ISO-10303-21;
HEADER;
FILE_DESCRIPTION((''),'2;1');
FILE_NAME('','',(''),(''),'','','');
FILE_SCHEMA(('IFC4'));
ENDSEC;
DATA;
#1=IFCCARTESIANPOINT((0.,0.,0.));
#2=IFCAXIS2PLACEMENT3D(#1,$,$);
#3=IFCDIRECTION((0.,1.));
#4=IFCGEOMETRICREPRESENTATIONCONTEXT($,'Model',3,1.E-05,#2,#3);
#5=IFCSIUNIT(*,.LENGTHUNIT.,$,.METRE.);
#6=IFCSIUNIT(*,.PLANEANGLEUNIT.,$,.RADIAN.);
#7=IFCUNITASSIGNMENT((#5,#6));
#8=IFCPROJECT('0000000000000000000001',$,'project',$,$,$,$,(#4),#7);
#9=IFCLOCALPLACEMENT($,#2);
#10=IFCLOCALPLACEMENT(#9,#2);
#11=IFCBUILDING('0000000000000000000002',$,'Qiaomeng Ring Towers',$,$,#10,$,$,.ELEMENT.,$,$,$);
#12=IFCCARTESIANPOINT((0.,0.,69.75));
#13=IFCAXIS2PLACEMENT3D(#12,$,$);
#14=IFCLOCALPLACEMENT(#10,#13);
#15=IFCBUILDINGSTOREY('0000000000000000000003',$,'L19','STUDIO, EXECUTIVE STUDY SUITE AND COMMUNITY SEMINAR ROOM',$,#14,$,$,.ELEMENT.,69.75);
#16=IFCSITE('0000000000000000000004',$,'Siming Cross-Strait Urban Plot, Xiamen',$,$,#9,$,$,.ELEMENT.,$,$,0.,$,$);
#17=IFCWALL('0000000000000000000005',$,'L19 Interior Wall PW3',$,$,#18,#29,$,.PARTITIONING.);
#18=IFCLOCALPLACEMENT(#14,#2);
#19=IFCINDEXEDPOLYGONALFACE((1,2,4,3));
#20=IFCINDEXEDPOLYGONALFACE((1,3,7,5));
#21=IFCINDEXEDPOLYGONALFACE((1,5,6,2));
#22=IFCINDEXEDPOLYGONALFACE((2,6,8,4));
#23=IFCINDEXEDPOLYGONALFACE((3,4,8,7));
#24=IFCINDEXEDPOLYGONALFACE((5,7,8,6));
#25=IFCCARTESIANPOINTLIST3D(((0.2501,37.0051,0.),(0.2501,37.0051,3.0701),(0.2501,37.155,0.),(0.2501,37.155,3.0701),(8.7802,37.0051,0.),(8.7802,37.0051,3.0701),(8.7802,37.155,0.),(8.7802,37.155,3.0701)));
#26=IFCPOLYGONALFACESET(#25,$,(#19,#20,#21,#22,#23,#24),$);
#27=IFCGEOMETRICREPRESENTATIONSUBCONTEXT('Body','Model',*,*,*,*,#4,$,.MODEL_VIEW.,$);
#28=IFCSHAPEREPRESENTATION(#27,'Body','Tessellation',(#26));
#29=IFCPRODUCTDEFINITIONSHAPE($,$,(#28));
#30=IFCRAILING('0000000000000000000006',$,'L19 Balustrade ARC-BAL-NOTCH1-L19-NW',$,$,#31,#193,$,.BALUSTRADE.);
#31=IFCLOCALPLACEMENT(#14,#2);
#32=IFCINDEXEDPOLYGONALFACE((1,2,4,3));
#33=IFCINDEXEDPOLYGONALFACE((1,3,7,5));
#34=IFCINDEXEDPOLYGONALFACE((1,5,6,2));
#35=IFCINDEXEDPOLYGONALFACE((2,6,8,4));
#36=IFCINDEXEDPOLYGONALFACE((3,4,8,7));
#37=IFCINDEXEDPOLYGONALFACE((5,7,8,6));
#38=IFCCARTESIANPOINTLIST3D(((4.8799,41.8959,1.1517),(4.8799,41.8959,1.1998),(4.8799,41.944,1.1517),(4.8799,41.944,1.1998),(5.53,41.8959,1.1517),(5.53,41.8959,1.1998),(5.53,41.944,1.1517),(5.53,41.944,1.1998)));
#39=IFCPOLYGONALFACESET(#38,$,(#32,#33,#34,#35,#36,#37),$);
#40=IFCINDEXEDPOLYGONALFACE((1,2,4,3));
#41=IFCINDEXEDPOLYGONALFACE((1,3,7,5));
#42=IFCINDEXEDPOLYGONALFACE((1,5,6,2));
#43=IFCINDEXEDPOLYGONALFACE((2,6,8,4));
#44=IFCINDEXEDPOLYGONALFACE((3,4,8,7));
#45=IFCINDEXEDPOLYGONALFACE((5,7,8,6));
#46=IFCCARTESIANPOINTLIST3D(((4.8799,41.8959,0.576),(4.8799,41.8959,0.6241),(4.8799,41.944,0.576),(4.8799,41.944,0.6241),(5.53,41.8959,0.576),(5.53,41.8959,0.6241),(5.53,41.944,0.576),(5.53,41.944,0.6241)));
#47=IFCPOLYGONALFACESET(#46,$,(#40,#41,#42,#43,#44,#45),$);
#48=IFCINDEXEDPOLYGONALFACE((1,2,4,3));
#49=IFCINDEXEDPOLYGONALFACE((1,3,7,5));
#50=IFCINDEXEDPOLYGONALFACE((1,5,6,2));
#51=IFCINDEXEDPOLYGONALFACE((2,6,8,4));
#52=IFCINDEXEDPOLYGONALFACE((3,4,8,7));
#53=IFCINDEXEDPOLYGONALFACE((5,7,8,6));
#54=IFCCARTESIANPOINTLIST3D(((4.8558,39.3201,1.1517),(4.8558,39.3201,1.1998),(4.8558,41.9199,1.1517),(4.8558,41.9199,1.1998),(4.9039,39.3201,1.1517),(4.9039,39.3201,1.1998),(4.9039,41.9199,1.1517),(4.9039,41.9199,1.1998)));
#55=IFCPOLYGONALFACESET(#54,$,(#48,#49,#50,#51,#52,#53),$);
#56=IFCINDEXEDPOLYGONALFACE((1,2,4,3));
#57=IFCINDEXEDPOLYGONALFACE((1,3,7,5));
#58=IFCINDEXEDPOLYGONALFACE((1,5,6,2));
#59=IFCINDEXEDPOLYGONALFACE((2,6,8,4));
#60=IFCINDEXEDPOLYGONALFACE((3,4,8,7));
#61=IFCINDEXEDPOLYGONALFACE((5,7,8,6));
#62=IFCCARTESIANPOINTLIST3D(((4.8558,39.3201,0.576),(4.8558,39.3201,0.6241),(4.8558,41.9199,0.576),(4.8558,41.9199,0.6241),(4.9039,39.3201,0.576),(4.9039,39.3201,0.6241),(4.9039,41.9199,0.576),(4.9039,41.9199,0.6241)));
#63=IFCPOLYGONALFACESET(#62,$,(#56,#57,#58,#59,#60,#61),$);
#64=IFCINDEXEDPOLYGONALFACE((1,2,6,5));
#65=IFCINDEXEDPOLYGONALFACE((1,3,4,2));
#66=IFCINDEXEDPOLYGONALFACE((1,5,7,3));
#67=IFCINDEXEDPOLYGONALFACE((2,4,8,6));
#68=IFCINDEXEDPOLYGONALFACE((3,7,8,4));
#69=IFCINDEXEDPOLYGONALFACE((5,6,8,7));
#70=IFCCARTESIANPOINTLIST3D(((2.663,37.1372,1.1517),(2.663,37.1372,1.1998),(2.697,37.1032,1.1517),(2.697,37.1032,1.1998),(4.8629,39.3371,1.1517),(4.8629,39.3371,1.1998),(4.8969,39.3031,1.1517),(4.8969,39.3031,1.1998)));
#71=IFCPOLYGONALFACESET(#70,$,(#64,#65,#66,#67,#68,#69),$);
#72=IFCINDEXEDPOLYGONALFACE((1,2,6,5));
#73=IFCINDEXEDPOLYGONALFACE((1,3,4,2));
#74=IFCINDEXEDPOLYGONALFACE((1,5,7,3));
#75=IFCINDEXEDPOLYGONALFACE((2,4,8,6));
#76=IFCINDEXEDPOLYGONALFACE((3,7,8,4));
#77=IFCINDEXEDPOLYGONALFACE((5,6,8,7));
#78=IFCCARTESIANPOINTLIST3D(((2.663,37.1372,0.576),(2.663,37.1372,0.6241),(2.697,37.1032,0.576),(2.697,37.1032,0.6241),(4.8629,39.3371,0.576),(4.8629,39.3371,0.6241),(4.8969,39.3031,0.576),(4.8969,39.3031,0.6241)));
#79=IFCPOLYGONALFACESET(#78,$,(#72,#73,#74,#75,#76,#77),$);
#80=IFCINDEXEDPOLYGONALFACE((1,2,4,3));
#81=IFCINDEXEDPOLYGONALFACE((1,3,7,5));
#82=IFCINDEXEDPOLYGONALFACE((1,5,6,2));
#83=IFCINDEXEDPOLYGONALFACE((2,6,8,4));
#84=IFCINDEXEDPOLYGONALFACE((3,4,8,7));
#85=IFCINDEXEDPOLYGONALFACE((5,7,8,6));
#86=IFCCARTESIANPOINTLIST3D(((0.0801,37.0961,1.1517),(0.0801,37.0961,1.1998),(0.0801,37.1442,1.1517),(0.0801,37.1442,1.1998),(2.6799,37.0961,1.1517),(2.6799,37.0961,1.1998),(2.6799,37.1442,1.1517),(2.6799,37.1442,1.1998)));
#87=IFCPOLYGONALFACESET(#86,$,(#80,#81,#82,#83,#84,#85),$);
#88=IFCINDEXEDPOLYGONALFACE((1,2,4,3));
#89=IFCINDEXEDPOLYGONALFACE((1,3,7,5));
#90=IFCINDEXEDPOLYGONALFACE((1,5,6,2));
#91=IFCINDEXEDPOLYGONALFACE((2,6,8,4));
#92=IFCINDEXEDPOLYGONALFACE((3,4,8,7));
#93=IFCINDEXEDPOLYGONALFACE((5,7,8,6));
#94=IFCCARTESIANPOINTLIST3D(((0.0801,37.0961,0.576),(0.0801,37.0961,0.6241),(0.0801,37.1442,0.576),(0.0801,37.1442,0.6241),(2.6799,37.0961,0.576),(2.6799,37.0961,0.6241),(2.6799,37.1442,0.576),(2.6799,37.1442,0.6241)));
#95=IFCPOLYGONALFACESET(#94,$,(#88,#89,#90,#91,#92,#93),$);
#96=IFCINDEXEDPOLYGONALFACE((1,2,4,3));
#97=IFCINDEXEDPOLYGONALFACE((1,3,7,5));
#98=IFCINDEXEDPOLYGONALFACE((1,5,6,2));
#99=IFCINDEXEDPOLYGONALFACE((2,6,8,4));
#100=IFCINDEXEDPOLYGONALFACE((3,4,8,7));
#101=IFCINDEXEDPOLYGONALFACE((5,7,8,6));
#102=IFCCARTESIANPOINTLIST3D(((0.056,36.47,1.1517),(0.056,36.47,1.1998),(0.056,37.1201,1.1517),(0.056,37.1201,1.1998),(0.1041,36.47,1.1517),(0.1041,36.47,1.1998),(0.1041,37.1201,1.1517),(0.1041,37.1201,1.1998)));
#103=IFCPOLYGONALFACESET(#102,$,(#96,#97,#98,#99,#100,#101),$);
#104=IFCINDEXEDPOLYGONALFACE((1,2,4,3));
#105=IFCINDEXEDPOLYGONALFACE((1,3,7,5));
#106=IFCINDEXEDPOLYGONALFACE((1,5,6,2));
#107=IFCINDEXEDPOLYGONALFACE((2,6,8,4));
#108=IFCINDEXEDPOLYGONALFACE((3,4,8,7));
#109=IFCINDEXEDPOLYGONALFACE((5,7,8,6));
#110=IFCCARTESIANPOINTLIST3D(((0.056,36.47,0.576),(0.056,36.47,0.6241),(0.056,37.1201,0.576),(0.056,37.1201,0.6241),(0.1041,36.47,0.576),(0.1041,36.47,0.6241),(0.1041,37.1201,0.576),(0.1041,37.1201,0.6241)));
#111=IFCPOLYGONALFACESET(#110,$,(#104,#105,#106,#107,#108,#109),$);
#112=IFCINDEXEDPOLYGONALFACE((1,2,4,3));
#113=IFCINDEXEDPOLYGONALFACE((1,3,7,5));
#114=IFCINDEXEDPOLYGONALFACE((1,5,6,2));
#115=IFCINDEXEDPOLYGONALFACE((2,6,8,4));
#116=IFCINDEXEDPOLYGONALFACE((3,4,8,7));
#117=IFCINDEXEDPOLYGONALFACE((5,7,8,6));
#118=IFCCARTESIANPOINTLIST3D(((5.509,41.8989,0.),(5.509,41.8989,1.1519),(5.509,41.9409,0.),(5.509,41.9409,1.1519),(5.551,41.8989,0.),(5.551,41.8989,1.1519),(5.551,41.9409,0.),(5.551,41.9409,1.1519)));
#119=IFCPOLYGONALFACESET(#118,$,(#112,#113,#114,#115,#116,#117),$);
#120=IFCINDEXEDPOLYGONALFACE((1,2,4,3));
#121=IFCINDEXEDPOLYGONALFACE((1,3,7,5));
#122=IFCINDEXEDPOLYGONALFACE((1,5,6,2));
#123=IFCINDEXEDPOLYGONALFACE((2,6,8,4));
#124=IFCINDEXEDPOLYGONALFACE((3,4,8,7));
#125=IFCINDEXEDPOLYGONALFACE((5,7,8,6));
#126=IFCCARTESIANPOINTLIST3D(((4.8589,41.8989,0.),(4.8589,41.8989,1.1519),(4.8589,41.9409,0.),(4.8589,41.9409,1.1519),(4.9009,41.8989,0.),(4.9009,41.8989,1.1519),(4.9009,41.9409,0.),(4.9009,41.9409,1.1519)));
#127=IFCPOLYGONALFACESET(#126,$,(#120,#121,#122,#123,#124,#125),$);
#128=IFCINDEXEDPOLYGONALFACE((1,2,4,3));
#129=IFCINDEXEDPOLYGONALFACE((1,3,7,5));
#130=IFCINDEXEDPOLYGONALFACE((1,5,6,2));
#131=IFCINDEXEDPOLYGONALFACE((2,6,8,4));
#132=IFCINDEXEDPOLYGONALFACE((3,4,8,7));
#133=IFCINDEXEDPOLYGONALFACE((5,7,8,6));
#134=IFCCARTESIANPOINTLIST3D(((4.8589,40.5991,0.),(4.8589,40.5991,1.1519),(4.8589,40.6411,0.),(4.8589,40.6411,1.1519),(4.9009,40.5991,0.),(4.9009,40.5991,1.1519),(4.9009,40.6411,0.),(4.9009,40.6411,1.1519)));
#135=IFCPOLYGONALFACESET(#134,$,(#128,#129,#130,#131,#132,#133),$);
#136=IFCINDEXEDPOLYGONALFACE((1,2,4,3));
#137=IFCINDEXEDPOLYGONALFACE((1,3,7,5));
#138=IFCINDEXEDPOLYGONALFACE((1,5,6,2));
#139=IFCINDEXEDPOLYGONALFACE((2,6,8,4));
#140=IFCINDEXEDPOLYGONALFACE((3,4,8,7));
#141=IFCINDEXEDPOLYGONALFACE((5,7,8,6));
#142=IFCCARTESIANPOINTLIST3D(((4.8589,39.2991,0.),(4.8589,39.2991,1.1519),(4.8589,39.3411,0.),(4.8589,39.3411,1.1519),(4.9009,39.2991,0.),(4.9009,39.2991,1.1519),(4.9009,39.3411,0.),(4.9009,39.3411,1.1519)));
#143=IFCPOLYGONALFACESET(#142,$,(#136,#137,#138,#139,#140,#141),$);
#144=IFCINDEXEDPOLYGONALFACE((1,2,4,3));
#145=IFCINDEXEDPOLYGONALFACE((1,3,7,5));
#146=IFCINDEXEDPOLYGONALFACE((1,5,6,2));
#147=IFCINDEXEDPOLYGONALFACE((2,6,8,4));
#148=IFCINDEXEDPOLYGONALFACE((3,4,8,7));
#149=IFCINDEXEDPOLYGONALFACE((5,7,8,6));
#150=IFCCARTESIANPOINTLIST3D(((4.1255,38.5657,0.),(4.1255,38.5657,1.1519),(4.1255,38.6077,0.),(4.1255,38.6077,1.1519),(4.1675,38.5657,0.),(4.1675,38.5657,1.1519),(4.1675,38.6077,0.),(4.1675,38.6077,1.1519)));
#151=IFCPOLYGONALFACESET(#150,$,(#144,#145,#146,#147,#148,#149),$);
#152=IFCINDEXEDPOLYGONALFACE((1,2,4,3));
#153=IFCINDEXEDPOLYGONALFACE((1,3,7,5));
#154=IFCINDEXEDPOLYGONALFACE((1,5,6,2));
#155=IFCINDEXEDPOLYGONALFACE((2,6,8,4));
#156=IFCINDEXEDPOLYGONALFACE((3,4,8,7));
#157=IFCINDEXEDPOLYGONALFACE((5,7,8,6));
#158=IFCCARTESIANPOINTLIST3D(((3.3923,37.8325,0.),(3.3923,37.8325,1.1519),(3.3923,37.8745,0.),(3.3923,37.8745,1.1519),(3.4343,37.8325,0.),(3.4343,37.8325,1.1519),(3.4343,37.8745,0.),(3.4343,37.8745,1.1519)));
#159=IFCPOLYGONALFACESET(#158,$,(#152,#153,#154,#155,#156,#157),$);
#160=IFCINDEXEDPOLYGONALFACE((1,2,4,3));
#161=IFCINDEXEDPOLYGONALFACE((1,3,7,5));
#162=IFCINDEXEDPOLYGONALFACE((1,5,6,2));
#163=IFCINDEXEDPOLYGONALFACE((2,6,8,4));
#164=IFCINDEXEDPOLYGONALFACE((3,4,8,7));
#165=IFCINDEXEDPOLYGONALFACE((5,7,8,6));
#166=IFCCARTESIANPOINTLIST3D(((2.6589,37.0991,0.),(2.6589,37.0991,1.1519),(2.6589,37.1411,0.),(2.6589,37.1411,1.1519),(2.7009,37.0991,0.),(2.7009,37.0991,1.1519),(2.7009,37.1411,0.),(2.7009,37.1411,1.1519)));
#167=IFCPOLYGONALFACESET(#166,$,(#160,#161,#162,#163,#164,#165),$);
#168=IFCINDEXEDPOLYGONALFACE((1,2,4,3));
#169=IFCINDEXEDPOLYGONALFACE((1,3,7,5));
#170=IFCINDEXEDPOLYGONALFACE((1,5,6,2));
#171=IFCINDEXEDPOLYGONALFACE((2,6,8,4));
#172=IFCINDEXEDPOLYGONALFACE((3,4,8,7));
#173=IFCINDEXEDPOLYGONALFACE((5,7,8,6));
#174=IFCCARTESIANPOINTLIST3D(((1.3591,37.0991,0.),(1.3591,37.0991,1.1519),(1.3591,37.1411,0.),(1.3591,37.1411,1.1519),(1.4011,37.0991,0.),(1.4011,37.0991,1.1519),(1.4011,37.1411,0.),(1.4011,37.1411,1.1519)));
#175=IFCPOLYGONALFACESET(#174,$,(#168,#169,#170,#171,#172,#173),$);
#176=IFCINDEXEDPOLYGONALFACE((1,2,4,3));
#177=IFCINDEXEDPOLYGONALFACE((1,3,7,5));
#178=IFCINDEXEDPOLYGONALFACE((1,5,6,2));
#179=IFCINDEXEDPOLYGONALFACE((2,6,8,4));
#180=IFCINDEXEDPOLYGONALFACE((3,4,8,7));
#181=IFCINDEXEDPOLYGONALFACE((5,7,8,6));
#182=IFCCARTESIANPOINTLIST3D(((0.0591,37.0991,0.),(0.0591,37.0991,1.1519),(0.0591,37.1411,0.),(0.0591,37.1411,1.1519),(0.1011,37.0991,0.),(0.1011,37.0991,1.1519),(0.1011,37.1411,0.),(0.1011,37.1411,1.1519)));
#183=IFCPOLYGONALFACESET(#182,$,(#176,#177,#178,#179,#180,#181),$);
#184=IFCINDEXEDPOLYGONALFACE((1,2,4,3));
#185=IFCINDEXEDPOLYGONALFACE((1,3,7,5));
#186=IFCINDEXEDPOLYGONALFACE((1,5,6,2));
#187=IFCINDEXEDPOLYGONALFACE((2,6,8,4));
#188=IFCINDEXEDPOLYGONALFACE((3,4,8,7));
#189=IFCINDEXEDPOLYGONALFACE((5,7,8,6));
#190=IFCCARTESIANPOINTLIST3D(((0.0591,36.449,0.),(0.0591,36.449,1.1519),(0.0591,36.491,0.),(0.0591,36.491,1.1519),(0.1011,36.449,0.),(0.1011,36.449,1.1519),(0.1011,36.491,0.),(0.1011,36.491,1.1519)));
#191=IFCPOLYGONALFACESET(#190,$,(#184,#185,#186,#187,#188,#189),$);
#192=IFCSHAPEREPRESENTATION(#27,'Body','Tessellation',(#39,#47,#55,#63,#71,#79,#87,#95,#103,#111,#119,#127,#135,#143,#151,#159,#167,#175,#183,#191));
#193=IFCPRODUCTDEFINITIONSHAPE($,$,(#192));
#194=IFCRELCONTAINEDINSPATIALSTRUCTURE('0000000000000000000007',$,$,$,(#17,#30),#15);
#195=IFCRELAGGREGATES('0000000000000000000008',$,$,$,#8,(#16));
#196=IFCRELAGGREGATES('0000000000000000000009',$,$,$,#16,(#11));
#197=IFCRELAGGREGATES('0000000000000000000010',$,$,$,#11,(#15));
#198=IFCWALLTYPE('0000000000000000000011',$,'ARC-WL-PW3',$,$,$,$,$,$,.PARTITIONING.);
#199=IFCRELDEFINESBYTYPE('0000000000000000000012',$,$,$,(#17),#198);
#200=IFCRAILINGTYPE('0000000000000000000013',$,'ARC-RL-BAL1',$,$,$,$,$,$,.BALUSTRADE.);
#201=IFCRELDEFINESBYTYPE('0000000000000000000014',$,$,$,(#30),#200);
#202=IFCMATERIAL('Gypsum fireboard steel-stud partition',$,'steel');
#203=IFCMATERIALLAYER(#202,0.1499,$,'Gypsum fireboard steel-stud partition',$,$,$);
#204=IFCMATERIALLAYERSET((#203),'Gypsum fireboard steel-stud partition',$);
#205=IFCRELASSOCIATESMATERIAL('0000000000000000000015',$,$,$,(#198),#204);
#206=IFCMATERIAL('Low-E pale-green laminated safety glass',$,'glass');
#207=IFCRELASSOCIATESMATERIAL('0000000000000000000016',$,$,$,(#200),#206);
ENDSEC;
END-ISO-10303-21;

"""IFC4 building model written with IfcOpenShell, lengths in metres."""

from ifc_helpers import new_model, si_unit, direction, frame, frame_2d, origin, origin_2d, place, context, subcontext, project, spatial, rectangle, extrude, material, layer, layer_set, type_object, element, save


model = new_model("IFC4")

# Units and contexts
model_context = context("Model", 3, precision=1e-05, world=origin(), true_north=direction((0.0, 1.0)))
body_context = subcontext(model_context, "Body", "Model", "MODEL_VIEW")
ifc_project = project(units=[si_unit("LENGTHUNIT", "METRE"), si_unit("PLANEANGLEUNIT", "RADIAN")], contexts=[model_context])

# Site, building, storey
site_placement = place(None, origin())
site = spatial("IfcSite", under=ifc_project, at=site_placement, Name="Siming Cross-Strait Urban Plot, Xiamen", CompositionType="ELEMENT", RefElevation=0.0)
building_placement = place(site_placement, origin())
building = spatial("IfcBuilding", under=site, at=building_placement, Name="Qiaomeng Ring Towers", CompositionType="ELEMENT")
storey_placement = place(building_placement, frame((0.0, 0.0, 69.75)))
storey = spatial("IfcBuildingStorey", under=building, at=storey_placement, Name="L19", Description="STUDIO, EXECUTIVE STUDY SUITE AND COMMUNITY SEMINAR ROOM", CompositionType="ELEMENT", Elevation=69.75)

# Wall
ifc_material_1 = material(Name="Gypsum fireboard steel-stud partition", Category="steel")
ifc_layer_1 = layer(ifc_material_1, 0.1499, Name="Gypsum fireboard steel-stud partition")
ifc_layer_set_1 = layer_set([ifc_layer_1], Name="Gypsum fireboard steel-stud partition")
wall_type_1 = type_object("IfcWallType", Name="ARC-WL-PW3", PredefinedType="PARTITIONING", material=ifc_layer_set_1)
wall_1_placement = place(storey_placement, frame((0.25, 37.0801, 0.0), z_axis=(0.0, 0.0, 1.0), x_axis=(1.0, 0.0, 0.0)))
element("IfcWall", 1, at=wall_1_placement, inside=storey, type_object=wall_type_1, Name="L19 Interior Wall PW3", PredefinedType="PARTITIONING", context=body_context, shape_type="SweptSolid", body=[
    extrude(rectangle(XDim=8.53, YDim=0.1499, at=frame_2d((4.2651, 0.0))), origin(), (0.0, 0.0, 1.0), 3.0701),
])

# Railing
ifc_material_2 = material(Name="Low-E pale-green laminated safety glass", Category="glass")
railing_type = type_object("IfcRailingType", Name="ARC-RL-BAL1", PredefinedType="BALUSTRADE", material=ifc_material_2)
railing_placement = place(storey_placement, frame((5.53, 41.9199, 0.0)))
element("IfcRailing", 2, at=railing_placement, inside=storey, type_object=railing_type, Name="L19 Balustrade ARC-BAL-NOTCH1-L19-NW", PredefinedType="BALUSTRADE", context=body_context, shape_type="SweptSolid", body=[
    extrude(rectangle(XDim=0.0481, YDim=0.0481, at=origin_2d()), frame((0.0, 0.0, 1.1758), z_axis=(-1.0, 0.0, 0.0), x_axis=(0.0, -1.0, 0.0)), (0.0, 0.0, 1.0), 0.6501),
    extrude(rectangle(XDim=0.0481, YDim=0.0481, at=origin_2d()), frame((0.0, 0.0, 0.6001), z_axis=(-1.0, 0.0, 0.0), x_axis=(0.0, -1.0, 0.0)), (0.0, 0.0, 1.0), 0.6501),
    extrude(rectangle(XDim=0.0481, YDim=0.0481, at=origin_2d()), frame((-0.6501, 0.0, 1.1758), z_axis=(0.0, -1.0, 0.0), x_axis=(1.0, 0.0, 0.0)), (0.0, 0.0, 1.0), 2.5999),
    extrude(rectangle(XDim=0.0481, YDim=0.0481, at=origin_2d()), frame((-0.6501, 0.0, 0.6001), z_axis=(0.0, -1.0, 0.0), x_axis=(1.0, 0.0, 0.0)), (0.0, 0.0, 1.0), 2.5999),
    extrude(rectangle(XDim=0.0481, YDim=0.0481, at=origin_2d()), frame((-0.6501, -2.5999, 1.1758), z_axis=(-0.707107, -0.707107, 0.0), x_axis=(0.707107, -0.707107, 0.0)), (0.0, 0.0, 1.0), 3.1111),
    extrude(rectangle(XDim=0.0481, YDim=0.0481, at=origin_2d()), frame((-0.6501, -2.5999, 0.6001), z_axis=(-0.707107, -0.707107, 0.0), x_axis=(0.707107, -0.707107, 0.0)), (0.0, 0.0, 1.0), 3.1111),
    extrude(rectangle(XDim=0.0481, YDim=0.0481, at=origin_2d()), frame((-2.8501, -4.7998, 1.1758), z_axis=(-1.0, 0.0, 0.0), x_axis=(0.0, -1.0, 0.0)), (0.0, 0.0, 1.0), 2.5999),
    extrude(rectangle(XDim=0.0481, YDim=0.0481, at=origin_2d()), frame((-2.8501, -4.7998, 0.6001), z_axis=(-1.0, 0.0, 0.0), x_axis=(0.0, -1.0, 0.0)), (0.0, 0.0, 1.0), 2.5999),
    extrude(rectangle(XDim=0.0481, YDim=0.0481, at=origin_2d()), frame((-5.45, -4.7998, 1.1758), z_axis=(0.0, -1.0, 0.0), x_axis=(1.0, 0.0, 0.0)), (0.0, 0.0, 1.0), 0.6501),
    extrude(rectangle(XDim=0.0481, YDim=0.0481, at=origin_2d()), frame((-5.45, -4.7998, 0.6001), z_axis=(0.0, -1.0, 0.0), x_axis=(1.0, 0.0, 0.0)), (0.0, 0.0, 1.0), 0.6501),
    extrude(rectangle(XDim=0.042, YDim=0.042, at=origin_2d()), origin(), (0.0, 0.0, 1.0), 1.1519),
    extrude(rectangle(XDim=0.042, YDim=0.042, at=origin_2d()), frame((-0.6501, 0.0, 0.0)), (0.0, 0.0, 1.0), 1.1519),
    extrude(rectangle(XDim=0.042, YDim=0.042, at=origin_2d()), frame((-0.6501, -1.2998, 0.0)), (0.0, 0.0, 1.0), 1.1519),
    extrude(rectangle(XDim=0.042, YDim=0.042, at=origin_2d()), frame((-0.6501, -2.5999, 0.0)), (0.0, 0.0, 1.0), 1.1519),
    extrude(rectangle(XDim=0.042, YDim=0.042, at=origin_2d()), frame((-1.3835, -3.3333, 0.0)), (0.0, 0.0, 1.0), 1.1519),
    extrude(rectangle(XDim=0.042, YDim=0.042, at=origin_2d()), frame((-2.1167, -4.0664, 0.0)), (0.0, 0.0, 1.0), 1.1519),
    extrude(rectangle(XDim=0.042, YDim=0.042, at=origin_2d()), frame((-2.8501, -4.7998, 0.0)), (0.0, 0.0, 1.0), 1.1519),
    extrude(rectangle(XDim=0.042, YDim=0.042, at=origin_2d()), frame((-4.1499, -4.7998, 0.0)), (0.0, 0.0, 1.0), 1.1519),
    extrude(rectangle(XDim=0.042, YDim=0.042, at=origin_2d()), frame((-5.45, -4.7998, 0.0)), (0.0, 0.0, 1.0), 1.1519),
    extrude(rectangle(XDim=0.042, YDim=0.042, at=origin_2d()), frame((-5.45, -5.45, 0.0)), (0.0, 0.0, 1.0), 1.1519),
])

save(model, "model.ifc")
